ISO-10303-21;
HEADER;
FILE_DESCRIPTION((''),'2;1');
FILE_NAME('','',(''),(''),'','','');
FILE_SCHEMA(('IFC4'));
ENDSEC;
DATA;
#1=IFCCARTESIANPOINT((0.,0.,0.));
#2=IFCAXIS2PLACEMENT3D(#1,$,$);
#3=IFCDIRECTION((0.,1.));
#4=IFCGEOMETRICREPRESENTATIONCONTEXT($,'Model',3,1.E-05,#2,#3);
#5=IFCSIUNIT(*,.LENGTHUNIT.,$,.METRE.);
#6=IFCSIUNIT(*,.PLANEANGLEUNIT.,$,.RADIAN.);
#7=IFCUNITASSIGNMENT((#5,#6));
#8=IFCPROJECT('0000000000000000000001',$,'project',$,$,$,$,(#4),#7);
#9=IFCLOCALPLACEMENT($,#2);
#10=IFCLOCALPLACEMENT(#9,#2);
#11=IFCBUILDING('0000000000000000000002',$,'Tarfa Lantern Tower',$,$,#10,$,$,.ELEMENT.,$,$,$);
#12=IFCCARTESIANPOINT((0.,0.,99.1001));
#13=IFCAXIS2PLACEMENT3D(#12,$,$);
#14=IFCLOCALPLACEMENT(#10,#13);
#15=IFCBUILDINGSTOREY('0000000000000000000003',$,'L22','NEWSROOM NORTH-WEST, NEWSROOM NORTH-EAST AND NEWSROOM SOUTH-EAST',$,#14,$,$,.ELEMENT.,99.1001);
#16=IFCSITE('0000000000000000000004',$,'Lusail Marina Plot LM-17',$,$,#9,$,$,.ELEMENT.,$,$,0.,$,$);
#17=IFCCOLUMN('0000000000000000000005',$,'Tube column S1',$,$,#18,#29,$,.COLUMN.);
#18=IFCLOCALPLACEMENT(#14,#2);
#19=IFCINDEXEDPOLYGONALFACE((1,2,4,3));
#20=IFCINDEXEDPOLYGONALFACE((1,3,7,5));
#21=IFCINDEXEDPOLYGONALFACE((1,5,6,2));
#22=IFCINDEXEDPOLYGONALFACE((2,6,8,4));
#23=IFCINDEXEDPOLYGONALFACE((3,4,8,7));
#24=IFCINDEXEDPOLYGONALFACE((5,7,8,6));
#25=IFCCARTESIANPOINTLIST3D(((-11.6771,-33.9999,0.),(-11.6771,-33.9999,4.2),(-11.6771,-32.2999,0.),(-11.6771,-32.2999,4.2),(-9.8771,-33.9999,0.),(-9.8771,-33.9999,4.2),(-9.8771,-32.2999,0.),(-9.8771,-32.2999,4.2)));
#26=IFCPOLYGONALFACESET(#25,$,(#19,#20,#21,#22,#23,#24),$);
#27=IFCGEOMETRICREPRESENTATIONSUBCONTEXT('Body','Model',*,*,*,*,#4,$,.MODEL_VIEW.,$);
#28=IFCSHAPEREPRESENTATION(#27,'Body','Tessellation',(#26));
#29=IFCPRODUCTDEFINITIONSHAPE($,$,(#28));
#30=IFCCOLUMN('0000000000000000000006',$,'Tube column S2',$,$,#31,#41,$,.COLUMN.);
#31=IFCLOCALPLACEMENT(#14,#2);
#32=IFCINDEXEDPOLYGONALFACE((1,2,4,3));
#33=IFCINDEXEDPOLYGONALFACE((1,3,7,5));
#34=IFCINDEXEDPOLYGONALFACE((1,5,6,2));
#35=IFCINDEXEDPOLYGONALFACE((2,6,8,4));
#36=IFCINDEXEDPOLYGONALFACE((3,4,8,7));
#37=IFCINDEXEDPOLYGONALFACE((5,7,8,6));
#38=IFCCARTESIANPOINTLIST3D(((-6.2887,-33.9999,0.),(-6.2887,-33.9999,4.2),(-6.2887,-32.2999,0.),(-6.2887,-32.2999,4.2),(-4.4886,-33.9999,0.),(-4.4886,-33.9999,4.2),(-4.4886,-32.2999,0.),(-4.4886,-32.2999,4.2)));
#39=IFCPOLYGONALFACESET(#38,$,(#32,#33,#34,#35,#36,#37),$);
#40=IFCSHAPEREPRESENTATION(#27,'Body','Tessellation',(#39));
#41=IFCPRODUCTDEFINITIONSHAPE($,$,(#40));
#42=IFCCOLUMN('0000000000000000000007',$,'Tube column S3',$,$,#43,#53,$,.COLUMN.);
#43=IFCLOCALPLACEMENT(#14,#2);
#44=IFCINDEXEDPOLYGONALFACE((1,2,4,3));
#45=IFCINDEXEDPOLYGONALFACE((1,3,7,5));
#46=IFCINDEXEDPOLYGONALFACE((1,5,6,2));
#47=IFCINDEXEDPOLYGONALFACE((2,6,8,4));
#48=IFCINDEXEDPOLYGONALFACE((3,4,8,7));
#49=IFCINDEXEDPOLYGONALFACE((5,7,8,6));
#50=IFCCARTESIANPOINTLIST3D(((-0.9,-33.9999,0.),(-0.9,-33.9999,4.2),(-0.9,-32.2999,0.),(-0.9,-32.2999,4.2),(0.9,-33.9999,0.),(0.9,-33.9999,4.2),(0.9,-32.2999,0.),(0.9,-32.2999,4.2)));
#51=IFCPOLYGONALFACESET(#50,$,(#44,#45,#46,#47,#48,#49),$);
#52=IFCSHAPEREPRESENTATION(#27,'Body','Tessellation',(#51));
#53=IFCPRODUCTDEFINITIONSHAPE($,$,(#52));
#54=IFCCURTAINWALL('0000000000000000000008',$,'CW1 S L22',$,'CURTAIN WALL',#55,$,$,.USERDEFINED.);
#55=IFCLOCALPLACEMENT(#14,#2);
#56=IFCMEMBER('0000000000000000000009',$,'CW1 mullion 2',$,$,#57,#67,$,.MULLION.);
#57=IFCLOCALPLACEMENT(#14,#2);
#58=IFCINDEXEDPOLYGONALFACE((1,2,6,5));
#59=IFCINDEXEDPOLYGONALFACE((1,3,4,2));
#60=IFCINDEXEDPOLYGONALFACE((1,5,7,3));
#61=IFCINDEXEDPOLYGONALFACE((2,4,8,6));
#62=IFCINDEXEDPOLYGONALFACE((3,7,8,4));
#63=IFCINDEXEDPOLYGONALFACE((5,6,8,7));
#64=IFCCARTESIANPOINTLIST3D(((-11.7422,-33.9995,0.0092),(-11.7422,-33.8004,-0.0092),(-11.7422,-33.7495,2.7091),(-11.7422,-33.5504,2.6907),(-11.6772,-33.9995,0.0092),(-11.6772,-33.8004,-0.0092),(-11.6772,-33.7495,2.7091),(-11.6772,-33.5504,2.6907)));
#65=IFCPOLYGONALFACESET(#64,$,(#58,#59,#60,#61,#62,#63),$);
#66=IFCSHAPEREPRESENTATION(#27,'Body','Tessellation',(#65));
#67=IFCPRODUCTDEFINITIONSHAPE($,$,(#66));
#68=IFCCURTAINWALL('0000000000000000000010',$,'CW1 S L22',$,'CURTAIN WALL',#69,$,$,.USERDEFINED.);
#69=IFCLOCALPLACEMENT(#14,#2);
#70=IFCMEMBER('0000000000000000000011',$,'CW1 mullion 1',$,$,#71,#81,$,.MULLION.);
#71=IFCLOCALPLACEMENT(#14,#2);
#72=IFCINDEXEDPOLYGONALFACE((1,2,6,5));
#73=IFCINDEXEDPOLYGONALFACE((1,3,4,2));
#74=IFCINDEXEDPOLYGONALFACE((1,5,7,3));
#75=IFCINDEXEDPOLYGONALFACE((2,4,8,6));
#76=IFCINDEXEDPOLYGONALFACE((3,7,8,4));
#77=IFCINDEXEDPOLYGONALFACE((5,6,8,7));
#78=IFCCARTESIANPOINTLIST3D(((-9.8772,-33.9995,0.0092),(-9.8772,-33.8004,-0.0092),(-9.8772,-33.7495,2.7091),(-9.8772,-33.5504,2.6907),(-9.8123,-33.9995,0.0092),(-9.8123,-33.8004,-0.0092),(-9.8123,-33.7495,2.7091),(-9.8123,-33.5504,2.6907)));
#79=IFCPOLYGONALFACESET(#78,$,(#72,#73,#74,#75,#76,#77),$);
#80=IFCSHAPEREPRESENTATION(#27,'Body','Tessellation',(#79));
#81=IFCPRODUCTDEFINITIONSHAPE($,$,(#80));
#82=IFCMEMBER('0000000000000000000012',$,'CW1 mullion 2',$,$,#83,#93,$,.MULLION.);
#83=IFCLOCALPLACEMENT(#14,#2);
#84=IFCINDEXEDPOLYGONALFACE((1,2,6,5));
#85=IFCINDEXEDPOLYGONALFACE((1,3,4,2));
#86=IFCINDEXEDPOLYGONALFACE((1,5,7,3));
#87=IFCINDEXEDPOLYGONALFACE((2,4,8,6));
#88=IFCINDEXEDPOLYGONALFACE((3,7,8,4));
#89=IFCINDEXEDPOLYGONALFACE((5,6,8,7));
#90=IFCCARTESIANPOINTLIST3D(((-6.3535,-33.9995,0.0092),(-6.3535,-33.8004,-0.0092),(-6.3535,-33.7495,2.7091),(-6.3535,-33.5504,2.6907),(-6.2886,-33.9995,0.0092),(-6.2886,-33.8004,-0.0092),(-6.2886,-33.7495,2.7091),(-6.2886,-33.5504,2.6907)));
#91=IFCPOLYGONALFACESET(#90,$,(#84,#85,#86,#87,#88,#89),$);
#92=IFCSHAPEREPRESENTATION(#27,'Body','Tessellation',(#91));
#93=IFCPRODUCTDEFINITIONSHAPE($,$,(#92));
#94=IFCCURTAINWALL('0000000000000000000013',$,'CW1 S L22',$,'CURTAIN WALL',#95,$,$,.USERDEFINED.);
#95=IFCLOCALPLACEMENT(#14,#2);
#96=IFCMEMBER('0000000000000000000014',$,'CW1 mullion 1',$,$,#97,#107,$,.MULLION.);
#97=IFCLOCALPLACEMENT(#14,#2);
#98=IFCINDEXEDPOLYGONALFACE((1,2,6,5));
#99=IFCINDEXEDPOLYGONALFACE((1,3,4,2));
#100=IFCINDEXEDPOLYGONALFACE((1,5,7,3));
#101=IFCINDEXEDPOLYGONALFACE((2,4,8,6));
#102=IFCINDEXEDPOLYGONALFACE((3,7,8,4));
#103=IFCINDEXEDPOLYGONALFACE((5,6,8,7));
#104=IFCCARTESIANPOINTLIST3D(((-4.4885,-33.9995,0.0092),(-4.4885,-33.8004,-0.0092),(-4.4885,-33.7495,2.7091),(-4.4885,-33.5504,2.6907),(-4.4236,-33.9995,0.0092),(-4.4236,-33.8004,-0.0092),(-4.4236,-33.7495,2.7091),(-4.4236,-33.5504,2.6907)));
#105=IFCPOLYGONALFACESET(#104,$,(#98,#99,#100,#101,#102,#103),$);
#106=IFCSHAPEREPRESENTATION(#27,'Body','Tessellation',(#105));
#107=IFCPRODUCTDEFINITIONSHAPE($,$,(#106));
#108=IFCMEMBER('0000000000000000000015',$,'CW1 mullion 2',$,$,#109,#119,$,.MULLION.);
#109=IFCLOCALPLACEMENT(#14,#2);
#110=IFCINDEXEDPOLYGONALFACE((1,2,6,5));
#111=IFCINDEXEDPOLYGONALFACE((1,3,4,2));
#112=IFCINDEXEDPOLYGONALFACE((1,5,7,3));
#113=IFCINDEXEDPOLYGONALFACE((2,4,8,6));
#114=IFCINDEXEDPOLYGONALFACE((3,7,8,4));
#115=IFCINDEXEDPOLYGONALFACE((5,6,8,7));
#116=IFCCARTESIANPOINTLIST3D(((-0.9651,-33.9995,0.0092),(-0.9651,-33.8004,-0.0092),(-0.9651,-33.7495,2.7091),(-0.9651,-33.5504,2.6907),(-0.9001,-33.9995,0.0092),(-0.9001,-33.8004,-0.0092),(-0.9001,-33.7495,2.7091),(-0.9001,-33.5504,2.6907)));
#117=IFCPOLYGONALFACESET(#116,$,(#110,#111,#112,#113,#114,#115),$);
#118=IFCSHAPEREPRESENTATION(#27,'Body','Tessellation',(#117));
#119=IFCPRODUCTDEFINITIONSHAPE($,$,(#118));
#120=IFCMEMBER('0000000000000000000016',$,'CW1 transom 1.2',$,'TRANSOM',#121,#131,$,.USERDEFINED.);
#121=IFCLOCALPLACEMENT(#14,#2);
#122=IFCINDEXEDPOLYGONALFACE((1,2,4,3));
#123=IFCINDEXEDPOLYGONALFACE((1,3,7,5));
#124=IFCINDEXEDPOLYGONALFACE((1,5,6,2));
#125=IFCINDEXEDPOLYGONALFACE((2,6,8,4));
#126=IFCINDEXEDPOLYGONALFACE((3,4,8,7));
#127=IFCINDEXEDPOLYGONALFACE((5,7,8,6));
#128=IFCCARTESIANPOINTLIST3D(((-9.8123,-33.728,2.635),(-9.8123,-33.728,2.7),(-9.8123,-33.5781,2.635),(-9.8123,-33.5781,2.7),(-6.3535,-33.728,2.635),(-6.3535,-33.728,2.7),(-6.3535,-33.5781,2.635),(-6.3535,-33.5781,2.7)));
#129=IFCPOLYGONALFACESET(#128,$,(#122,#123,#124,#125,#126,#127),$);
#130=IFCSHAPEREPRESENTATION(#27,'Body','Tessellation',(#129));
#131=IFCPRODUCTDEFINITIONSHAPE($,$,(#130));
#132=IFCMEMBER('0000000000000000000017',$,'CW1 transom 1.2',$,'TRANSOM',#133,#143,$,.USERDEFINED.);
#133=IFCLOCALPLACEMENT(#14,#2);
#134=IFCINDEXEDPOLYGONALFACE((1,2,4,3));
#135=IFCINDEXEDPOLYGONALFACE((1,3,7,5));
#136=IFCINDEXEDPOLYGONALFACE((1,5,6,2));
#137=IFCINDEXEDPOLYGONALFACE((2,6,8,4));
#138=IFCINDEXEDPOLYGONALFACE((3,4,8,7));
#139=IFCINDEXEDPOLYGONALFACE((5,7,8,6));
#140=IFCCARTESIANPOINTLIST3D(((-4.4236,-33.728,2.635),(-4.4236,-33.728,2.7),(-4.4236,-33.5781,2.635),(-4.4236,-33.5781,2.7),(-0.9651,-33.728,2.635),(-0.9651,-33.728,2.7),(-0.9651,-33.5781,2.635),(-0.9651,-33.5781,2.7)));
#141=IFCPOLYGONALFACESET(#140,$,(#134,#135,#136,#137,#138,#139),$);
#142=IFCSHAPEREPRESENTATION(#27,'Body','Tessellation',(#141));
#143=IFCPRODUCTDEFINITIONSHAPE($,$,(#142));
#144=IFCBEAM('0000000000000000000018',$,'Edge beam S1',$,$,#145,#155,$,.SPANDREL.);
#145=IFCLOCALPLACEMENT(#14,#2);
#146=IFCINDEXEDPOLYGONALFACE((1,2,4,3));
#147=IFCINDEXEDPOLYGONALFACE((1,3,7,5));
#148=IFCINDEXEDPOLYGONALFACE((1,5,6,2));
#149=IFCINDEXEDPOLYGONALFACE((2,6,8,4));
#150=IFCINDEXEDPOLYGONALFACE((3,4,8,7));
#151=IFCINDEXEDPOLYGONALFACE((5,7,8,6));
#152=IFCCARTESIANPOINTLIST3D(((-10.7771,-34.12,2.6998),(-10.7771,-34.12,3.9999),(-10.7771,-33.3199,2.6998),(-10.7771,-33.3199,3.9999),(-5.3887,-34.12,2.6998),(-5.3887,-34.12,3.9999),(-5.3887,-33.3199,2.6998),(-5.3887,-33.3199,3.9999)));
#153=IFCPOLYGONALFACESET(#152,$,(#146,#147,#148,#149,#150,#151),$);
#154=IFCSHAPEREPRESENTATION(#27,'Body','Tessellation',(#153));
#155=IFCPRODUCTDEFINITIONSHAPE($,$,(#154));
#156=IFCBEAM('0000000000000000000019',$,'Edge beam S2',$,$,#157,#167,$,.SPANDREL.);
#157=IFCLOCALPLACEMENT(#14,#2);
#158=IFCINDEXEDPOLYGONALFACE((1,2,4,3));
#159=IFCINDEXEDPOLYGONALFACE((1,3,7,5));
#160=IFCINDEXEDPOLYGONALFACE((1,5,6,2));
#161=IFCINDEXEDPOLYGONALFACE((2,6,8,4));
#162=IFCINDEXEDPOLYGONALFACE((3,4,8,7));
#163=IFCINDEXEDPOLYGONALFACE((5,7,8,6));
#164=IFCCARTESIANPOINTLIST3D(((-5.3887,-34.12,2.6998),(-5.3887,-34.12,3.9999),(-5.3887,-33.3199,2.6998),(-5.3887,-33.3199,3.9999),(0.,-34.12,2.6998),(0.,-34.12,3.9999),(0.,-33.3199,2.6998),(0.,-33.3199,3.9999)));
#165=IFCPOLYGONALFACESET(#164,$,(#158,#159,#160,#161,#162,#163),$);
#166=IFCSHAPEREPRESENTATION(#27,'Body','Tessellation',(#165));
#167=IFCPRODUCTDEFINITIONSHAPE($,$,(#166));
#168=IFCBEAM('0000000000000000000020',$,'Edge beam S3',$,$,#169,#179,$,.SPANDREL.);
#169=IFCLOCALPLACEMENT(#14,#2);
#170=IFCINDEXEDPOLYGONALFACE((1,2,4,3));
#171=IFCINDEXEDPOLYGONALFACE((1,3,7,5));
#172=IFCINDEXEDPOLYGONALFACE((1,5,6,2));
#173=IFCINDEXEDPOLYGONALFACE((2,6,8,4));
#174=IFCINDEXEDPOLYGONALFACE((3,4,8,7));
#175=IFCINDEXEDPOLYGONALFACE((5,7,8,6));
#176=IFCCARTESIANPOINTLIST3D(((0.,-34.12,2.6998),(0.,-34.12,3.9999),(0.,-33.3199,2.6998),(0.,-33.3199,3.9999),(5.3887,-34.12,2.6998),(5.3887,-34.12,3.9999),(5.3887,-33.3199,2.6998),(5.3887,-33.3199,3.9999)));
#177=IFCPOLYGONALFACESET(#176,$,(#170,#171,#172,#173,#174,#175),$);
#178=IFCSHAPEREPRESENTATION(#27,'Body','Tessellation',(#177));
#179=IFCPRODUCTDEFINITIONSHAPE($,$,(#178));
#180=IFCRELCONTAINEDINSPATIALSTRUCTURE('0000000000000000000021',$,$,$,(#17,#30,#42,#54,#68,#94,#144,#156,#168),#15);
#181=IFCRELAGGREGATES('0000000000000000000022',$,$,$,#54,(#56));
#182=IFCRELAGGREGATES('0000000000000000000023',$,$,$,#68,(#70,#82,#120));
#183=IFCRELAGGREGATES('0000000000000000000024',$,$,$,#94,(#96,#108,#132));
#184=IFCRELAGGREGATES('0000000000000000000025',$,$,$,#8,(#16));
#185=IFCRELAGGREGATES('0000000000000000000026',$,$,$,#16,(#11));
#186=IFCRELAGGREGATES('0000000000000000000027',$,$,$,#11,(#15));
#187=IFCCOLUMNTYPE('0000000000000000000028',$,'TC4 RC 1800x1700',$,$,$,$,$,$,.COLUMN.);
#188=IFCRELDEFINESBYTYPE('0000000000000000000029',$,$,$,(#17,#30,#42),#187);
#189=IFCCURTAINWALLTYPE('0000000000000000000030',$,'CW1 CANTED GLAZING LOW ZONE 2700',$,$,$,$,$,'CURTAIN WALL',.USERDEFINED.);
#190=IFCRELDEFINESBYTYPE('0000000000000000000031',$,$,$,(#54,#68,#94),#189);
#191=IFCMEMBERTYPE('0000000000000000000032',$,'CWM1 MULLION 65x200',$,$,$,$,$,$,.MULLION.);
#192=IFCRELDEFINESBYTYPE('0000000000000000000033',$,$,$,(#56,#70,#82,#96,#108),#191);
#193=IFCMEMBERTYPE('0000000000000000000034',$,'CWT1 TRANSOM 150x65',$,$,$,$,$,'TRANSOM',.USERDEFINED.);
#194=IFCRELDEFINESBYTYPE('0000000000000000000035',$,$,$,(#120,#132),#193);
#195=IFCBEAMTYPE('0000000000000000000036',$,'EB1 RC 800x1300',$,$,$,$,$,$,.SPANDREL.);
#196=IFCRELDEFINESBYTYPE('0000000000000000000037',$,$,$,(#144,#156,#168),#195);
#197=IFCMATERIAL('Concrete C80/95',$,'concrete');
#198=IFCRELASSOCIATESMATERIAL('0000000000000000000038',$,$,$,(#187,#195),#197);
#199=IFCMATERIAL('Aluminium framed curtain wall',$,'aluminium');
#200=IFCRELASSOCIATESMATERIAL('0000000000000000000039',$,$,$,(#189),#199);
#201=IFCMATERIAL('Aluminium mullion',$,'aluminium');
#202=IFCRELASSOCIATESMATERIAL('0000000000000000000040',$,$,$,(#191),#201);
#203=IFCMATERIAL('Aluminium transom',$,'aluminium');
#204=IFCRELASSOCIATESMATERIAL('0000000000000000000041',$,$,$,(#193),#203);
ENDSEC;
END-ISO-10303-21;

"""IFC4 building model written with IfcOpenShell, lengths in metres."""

from ifc_helpers import new_model, si_unit, direction, frame, origin, origin_2d, place, context, subcontext, project, spatial, rectangle, extrude, material, material_profile, profile_set, type_object, element, aggregate, save


model = new_model("IFC4")

# Units and contexts
model_context = context("Model", 3, precision=1e-05, world=origin(), true_north=direction((0.0, 1.0)))
body_context = subcontext(model_context, "Body", "Model", "MODEL_VIEW")
ifc_project = project(units=[si_unit("LENGTHUNIT", "METRE"), si_unit("PLANEANGLEUNIT", "RADIAN")], contexts=[model_context])

# Site, building, storey
site_placement = place(None, origin())
site = spatial("IfcSite", under=ifc_project, at=site_placement, Name="Lusail Marina Plot LM-17", CompositionType="ELEMENT", RefElevation=0.0)
building_placement = place(site_placement, origin())
building = spatial("IfcBuilding", under=site, at=building_placement, Name="Tarfa Lantern Tower", CompositionType="ELEMENT")
storey_placement = place(building_placement, frame((0.0, 0.0, 99.1001)))
storey = spatial("IfcBuildingStorey", under=building, at=storey_placement, Name="L22", Description="NEWSROOM NORTH-WEST, NEWSROOM NORTH-EAST AND NEWSROOM SOUTH-EAST", CompositionType="ELEMENT", Elevation=99.1001)

# Columns
ifc_material_1 = material(Name="Concrete C80/95", Category="concrete")
ifc_material_profile_1 = material_profile(ifc_material_1, rectangle(XDim=1.8, YDim=1.7, at=origin_2d()), Name="RC 1800x1700")
ifc_profile_set_1 = profile_set([ifc_material_profile_1], Name="Concrete C80/95")
column_type = type_object("IfcColumnType", Name="TC4 RC 1800x1700", PredefinedType="COLUMN", material=ifc_profile_set_1)
for number, where, z_axis, x_axis, name in (
    (1, (-10.7771, -33.1499, 0.0), (0.0, 0.0, 1.0), (1.0, 0.0, 0.0), "Tube column S1"),
    (2, (-5.3887, -33.1499, 0.0), (0.0, 0.0, 1.0), (1.0, 0.0, 0.0), "Tube column S2"),
    (3, (0.0, -33.1499, 0.0), (0.0, 0.0, 1.0), (1.0, 0.0, 0.0), "Tube column S3"),
):
    element("IfcColumn", number, at=place(storey_placement, frame(where, z_axis=z_axis, x_axis=x_axis)), inside=storey, type_object=column_type, Name=name, PredefinedType="COLUMN", context=body_context, shape_type="SweptSolid", body=[
        extrude(rectangle(XDim=1.8, YDim=1.7, at=origin_2d()), origin(), (0.0, 0.0, 1.0), 4.2),
    ])

# Curtain wall, member
ifc_material_2 = material(Name="Aluminium framed curtain wall", Category="aluminium")
curtain_wall_type = type_object("IfcCurtainWallType", Name="CW1 CANTED GLAZING LOW ZONE 2700", ElementType="CURTAIN WALL", PredefinedType="USERDEFINED", material=ifc_material_2)
curtain_wall_1_placement = place(storey_placement, origin())
curtain_wall_1 = element("IfcCurtainWall", 4, at=curtain_wall_1_placement, inside=storey, type_object=curtain_wall_type, Name="CW1 S L22", ObjectType="CURTAIN WALL", PredefinedType="USERDEFINED")
ifc_material_3 = material(Name="Aluminium mullion", Category="aluminium")
ifc_material_profile_2 = material_profile(ifc_material_3, rectangle(XDim=0.0649, YDim=0.2, at=origin_2d()), Name="AL MULLION 65x200")
ifc_profile_set_2 = profile_set([ifc_material_profile_2], Name="Aluminium mullion")
member_type_1 = type_object("IfcMemberType", Name="CWM1 MULLION 65x200", PredefinedType="MULLION", material=ifc_profile_set_2)
member_1_placement = place(storey_placement, frame((-11.7097, -33.8999, 0.0), z_axis=(0.0, 0.0922, 0.995741), x_axis=(-1.0, 0.0, 0.0)))
member_1 = element("IfcMember", 5, at=member_1_placement, type_object=member_type_1, Name="CW1 mullion 2", PredefinedType="MULLION", context=body_context, shape_type="SweptSolid", body=[
    extrude(rectangle(XDim=0.0649, YDim=0.2, at=origin_2d()), origin(), (0.0, 0.0, 1.0), 2.7114),
])
aggregate(curtain_wall_1, [member_1])

# Curtain walls, members
curtain_wall_2_placement = place(storey_placement, origin())
curtain_wall_2 = element("IfcCurtainWall", 6, at=curtain_wall_2_placement, inside=storey, type_object=curtain_wall_type, Name="CW1 S L22", ObjectType="CURTAIN WALL", PredefinedType="USERDEFINED")
member_2_placement = place(storey_placement, frame((-9.8447, -33.8999, 0.0), z_axis=(0.0, 0.0922, 0.995741), x_axis=(-1.0, 0.0, 0.0)))
member_2 = element("IfcMember", 7, at=member_2_placement, type_object=member_type_1, Name="CW1 mullion 1", PredefinedType="MULLION", context=body_context, shape_type="SweptSolid", body=[
    extrude(rectangle(XDim=0.0649, YDim=0.2, at=origin_2d()), origin(), (0.0, 0.0, 1.0), 2.7114),
])
member_3_placement = place(storey_placement, frame((-6.321, -33.8999, 0.0), z_axis=(0.0, 0.0922, 0.995741), x_axis=(-1.0, 0.0, 0.0)))
member_3 = element("IfcMember", 8, at=member_3_placement, type_object=member_type_1, Name="CW1 mullion 2", PredefinedType="MULLION", context=body_context, shape_type="SweptSolid", body=[
    extrude(rectangle(XDim=0.0649, YDim=0.2, at=origin_2d()), origin(), (0.0, 0.0, 1.0), 2.7114),
])
curtain_wall_3_placement = place(storey_placement, origin())
curtain_wall_3 = element("IfcCurtainWall", 9, at=curtain_wall_3_placement, inside=storey, type_object=curtain_wall_type, Name="CW1 S L22", ObjectType="CURTAIN WALL", PredefinedType="USERDEFINED")
member_4_placement = place(storey_placement, frame((-4.4561, -33.8999, 0.0), z_axis=(0.0, 0.0922, 0.995741), x_axis=(-1.0, 0.0, 0.0)))
member_4 = element("IfcMember", 10, at=member_4_placement, type_object=member_type_1, Name="CW1 mullion 1", PredefinedType="MULLION", context=body_context, shape_type="SweptSolid", body=[
    extrude(rectangle(XDim=0.0649, YDim=0.2, at=origin_2d()), origin(), (0.0, 0.0, 1.0), 2.7114),
])
member_5_placement = place(storey_placement, frame((-0.9326, -33.8999, 0.0), z_axis=(0.0, 0.0922, 0.995741), x_axis=(-1.0, 0.0, 0.0)))
member_5 = element("IfcMember", 11, at=member_5_placement, type_object=member_type_1, Name="CW1 mullion 2", PredefinedType="MULLION", context=body_context, shape_type="SweptSolid", body=[
    extrude(rectangle(XDim=0.0649, YDim=0.2, at=origin_2d()), origin(), (0.0, 0.0, 1.0), 2.7114),
])

# Members
ifc_material_4 = material(Name="Aluminium transom", Category="aluminium")
ifc_material_profile_3 = material_profile(ifc_material_4, rectangle(XDim=0.1499, YDim=0.0649, at=origin_2d()), Name="AL TRANSOM 150x65")
ifc_profile_set_3 = profile_set([ifc_material_profile_3], Name="Aluminium transom")
member_type_2 = type_object("IfcMemberType", Name="CWT1 TRANSOM 150x65", ElementType="TRANSOM", PredefinedType="USERDEFINED", material=ifc_profile_set_3)
member_6_placement = place(storey_placement, frame((-9.8123, -33.6531, 2.6675), z_axis=(1.0, 0.0, 0.0), x_axis=(0.0, 1.0, 0.0)))
member_6 = element("IfcMember", 12, at=member_6_placement, type_object=member_type_2, Name="CW1 transom 1.2", ObjectType="TRANSOM", PredefinedType="USERDEFINED", context=body_context, shape_type="SweptSolid", body=[
    extrude(rectangle(XDim=0.1499, YDim=0.0649, at=origin_2d()), origin(), (0.0, 0.0, 1.0), 3.4587),
])
member_7_placement = place(storey_placement, frame((-4.4236, -33.6531, 2.6675), z_axis=(1.0, 0.0, 0.0), x_axis=(0.0, 1.0, 0.0)))
member_7 = element("IfcMember", 13, at=member_7_placement, type_object=member_type_2, Name="CW1 transom 1.2", ObjectType="TRANSOM", PredefinedType="USERDEFINED", context=body_context, shape_type="SweptSolid", body=[
    extrude(rectangle(XDim=0.1499, YDim=0.0649, at=origin_2d()), origin(), (0.0, 0.0, 1.0), 3.4585),
])

# Beams
ifc_material_profile_4 = material_profile(ifc_material_1, rectangle(XDim=0.8, YDim=1.3, at=origin_2d()), Name="RC 800x1300")
ifc_profile_set_4 = profile_set([ifc_material_profile_4], Name="Concrete C80/95")
beam_type_1 = type_object("IfcBeamType", Name="EB1 RC 800x1300", PredefinedType="SPANDREL", material=ifc_profile_set_4)
beam_placement = place(storey_placement, frame((-10.7771, -33.72, 3.3499), z_axis=(1.0, 0.0, 0.0), x_axis=(0.0, 1.0, 0.0)))
element("IfcBeam", 14, at=beam_placement, inside=storey, type_object=beam_type_1, Name="Edge beam S1", PredefinedType="SPANDREL", context=body_context, shape_type="SweptSolid", body=[
    extrude(rectangle(XDim=0.8, YDim=1.3, at=origin_2d()), origin(), (0.0, 0.0, 1.0), 5.3884),
])
for number, where, z_axis, x_axis, name in (
    (15, (-5.3887, -33.72, 3.3499), (1.0, 0.0, 0.0), (0.0, 1.0, 0.0), "Edge beam S2"),
    (16, (0.0, -33.72, 3.3499), (1.0, 0.0, 0.0), (0.0, 1.0, 0.0), "Edge beam S3"),
):
    element("IfcBeam", number, at=place(storey_placement, frame(where, z_axis=z_axis, x_axis=x_axis)), inside=storey, type_object=beam_type_1, Name=name, PredefinedType="SPANDREL", context=body_context, shape_type="SweptSolid", body=[
        extrude(rectangle(XDim=0.8, YDim=1.3, at=origin_2d()), origin(), (0.0, 0.0, 1.0), 5.3887),
    ])

aggregate(curtain_wall_2, [member_2, member_3, member_6])
aggregate(curtain_wall_3, [member_4, member_5, member_7])

save(model, "model.ifc")
